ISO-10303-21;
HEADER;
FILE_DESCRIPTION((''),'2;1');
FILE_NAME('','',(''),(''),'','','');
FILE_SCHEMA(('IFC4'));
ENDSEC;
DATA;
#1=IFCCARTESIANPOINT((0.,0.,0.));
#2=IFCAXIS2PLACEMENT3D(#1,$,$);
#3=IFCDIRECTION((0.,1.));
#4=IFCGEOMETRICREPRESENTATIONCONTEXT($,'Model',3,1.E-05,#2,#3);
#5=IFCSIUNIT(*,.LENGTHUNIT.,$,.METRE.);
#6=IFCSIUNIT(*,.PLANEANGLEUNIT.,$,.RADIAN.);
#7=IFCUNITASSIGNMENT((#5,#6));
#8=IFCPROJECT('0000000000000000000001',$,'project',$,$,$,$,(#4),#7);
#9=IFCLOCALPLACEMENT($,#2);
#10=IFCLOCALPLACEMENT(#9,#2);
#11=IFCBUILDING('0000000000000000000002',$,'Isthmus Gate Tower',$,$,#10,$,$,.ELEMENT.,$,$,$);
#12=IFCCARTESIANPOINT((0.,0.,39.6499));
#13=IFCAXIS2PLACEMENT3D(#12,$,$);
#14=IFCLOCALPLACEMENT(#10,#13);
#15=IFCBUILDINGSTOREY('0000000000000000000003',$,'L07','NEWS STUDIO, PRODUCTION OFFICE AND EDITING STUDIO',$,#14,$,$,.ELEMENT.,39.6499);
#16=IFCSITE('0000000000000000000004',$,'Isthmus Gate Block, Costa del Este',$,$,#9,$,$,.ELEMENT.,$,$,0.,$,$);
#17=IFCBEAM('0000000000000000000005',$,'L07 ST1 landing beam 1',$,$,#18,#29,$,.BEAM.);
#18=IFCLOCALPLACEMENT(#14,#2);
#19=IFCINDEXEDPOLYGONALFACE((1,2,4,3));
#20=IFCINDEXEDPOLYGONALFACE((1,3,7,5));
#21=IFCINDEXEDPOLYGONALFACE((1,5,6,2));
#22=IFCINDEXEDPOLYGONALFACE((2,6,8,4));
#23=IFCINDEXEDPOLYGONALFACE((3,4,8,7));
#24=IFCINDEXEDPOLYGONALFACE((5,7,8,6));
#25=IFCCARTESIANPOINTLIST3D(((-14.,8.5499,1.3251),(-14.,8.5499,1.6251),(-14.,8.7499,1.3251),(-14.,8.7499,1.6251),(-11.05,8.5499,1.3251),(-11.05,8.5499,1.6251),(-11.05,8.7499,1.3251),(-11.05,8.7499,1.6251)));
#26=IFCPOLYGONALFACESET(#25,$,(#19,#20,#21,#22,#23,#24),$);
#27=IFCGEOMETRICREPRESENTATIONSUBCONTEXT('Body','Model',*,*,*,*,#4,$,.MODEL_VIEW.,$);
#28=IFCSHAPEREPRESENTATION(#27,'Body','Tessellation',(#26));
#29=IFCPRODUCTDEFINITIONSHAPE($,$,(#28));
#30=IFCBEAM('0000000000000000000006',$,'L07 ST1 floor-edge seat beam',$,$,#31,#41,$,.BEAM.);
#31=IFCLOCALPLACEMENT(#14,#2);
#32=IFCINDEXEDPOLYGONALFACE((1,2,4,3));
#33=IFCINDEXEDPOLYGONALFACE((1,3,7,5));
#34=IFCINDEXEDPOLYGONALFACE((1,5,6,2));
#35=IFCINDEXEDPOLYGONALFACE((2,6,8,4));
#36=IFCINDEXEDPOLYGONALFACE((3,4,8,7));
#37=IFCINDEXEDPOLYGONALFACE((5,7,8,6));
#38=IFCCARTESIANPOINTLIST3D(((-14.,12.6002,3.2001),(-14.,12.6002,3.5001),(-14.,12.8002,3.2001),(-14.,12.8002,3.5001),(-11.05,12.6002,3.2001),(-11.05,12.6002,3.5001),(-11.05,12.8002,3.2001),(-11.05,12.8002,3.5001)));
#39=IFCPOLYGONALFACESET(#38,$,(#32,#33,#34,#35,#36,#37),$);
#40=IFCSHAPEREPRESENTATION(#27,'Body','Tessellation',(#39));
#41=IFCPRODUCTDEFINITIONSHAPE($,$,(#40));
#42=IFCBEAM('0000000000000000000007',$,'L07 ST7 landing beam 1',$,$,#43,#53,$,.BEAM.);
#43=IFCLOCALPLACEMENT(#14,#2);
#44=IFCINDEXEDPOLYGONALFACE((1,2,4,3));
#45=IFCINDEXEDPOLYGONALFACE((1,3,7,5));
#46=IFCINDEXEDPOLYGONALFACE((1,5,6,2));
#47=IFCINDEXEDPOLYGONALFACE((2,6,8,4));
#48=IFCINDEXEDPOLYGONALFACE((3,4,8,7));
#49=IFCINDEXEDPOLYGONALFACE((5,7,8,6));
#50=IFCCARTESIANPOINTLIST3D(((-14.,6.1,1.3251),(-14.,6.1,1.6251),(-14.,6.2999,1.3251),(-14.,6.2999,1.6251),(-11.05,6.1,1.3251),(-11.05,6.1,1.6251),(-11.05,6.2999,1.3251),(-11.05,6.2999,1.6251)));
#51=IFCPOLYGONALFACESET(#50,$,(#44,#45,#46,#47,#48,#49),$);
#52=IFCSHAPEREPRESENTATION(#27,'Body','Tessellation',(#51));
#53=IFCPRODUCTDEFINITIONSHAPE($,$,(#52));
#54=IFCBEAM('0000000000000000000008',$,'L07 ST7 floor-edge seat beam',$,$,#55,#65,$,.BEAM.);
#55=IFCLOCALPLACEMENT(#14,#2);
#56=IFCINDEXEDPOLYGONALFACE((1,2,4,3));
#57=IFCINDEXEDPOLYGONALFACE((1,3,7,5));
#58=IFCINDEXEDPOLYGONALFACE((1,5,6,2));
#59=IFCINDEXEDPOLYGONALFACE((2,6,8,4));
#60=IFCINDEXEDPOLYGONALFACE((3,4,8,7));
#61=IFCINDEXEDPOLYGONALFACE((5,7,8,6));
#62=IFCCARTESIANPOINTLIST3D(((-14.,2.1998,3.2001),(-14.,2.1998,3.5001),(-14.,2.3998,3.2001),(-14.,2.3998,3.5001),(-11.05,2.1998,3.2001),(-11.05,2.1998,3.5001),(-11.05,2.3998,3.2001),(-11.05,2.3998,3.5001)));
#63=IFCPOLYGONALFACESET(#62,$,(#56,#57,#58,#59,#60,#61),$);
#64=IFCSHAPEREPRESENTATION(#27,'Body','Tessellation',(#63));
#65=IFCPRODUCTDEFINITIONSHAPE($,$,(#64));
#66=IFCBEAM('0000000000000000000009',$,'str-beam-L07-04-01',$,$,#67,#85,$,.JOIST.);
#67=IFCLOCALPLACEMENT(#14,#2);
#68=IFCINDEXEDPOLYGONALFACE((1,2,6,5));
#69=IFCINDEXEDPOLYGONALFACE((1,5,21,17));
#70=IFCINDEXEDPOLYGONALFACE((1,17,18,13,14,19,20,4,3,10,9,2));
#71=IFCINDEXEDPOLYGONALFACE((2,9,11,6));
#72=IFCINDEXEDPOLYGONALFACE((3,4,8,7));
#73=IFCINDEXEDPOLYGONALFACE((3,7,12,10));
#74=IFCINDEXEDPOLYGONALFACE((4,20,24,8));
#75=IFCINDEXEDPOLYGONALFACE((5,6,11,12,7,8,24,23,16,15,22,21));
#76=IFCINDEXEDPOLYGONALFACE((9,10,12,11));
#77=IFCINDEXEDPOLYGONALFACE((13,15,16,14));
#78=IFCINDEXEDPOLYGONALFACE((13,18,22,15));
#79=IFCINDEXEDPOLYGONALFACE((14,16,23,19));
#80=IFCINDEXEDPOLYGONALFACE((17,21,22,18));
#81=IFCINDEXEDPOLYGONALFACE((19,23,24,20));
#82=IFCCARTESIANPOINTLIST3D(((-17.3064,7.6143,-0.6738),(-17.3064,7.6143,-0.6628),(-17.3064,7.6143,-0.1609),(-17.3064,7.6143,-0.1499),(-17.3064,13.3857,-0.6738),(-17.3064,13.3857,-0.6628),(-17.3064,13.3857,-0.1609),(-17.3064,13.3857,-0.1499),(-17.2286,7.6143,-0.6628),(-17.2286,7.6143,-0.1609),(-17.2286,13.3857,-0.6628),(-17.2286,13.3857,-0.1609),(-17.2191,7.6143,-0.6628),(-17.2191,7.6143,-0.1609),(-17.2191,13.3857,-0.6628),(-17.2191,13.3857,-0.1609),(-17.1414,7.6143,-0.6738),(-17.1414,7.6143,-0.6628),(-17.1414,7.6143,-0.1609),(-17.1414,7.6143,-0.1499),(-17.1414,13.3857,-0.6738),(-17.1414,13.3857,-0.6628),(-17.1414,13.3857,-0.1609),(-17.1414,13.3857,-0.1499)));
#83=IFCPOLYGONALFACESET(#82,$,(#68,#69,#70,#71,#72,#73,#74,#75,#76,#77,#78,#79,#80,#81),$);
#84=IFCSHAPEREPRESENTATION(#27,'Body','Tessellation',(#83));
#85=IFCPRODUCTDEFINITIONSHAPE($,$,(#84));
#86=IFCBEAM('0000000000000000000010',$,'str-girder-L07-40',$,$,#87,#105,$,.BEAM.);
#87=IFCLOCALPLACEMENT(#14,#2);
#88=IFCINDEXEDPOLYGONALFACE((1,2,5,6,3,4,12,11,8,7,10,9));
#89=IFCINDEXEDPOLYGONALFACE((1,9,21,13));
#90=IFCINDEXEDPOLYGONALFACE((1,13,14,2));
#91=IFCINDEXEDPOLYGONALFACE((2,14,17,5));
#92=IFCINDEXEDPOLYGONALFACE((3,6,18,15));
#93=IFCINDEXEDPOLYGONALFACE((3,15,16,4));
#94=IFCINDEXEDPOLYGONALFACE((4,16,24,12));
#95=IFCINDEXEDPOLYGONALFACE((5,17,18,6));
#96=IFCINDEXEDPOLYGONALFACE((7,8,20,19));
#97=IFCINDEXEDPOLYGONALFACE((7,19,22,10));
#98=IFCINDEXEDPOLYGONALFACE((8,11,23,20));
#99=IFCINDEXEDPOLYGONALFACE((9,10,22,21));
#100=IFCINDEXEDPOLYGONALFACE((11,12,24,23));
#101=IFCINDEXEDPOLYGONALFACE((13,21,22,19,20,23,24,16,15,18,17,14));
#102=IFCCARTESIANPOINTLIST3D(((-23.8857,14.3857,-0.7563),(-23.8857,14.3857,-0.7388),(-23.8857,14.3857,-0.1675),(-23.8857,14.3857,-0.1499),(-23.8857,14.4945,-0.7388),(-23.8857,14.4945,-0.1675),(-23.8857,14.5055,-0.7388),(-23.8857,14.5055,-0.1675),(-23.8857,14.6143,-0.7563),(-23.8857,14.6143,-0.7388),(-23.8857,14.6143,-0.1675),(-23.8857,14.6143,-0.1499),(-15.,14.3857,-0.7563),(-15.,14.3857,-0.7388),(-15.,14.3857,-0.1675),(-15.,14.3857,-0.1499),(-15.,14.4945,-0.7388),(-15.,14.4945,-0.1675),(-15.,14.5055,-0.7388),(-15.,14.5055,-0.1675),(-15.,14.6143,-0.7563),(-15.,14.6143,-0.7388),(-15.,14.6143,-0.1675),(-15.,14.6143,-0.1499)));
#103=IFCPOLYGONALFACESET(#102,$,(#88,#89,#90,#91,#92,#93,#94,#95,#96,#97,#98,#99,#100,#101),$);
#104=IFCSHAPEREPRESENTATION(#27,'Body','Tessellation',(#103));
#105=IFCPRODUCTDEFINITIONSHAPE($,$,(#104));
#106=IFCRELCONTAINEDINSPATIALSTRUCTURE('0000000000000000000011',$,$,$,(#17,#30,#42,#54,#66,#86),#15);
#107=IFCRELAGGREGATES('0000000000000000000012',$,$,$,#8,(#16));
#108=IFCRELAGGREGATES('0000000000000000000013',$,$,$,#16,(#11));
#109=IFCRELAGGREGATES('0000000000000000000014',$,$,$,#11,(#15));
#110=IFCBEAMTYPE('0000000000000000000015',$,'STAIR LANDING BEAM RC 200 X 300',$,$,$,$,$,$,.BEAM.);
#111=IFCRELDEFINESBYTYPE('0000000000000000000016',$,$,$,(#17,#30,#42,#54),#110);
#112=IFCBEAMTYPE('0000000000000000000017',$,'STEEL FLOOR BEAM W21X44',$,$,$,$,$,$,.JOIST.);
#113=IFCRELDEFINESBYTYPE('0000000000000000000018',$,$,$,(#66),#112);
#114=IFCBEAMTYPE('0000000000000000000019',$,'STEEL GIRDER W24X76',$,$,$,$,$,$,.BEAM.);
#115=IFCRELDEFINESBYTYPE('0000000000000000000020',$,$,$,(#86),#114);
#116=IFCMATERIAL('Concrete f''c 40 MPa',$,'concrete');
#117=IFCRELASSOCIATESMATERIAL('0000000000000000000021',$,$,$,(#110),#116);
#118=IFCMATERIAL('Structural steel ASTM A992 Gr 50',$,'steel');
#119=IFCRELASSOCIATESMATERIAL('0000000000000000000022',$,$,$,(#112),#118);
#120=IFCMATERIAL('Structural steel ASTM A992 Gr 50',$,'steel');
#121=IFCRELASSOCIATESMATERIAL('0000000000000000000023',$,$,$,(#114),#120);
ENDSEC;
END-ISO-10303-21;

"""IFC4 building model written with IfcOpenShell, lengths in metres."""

from ifc_helpers import new_model, si_unit, direction, frame, origin, origin_2d, place, context, subcontext, project, spatial, rectangle, i_section, extrude, material, material_profile, profile_set, type_object, element, save


model = new_model("IFC4")

# Units and contexts
model_context = context("Model", 3, precision=1e-05, world=origin(), true_north=direction((0.0, 1.0)))
body_context = subcontext(model_context, "Body", "Model", "MODEL_VIEW")
ifc_project = project(units=[si_unit("LENGTHUNIT", "METRE"), si_unit("PLANEANGLEUNIT", "RADIAN")], contexts=[model_context])

# Site, building, storey
site_placement = place(None, origin())
site = spatial("IfcSite", under=ifc_project, at=site_placement, Name="Isthmus Gate Block, Costa del Este", CompositionType="ELEMENT", RefElevation=0.0)
building_placement = place(site_placement, origin())
building = spatial("IfcBuilding", under=site, at=building_placement, Name="Isthmus Gate Tower", CompositionType="ELEMENT")
storey_placement = place(building_placement, frame((0.0, 0.0, 39.6499)))
storey = spatial("IfcBuildingStorey", under=building, at=storey_placement, Name="L07", Description="NEWS STUDIO, PRODUCTION OFFICE AND EDITING STUDIO", CompositionType="ELEMENT", Elevation=39.6499)

# Beams
ifc_material_1 = material(Name="Concrete f'c 40 MPa", Category="concrete")
ifc_material_profile_1 = material_profile(ifc_material_1, rectangle(XDim=0.2, YDim=0.3, at=origin_2d()), Name="STAIR LANDING BEAM RC 200 X 300")
ifc_profile_set_1 = profile_set([ifc_material_profile_1], Name="Concrete f'c 40 MPa")
beam_type_1 = type_object("IfcBeamType", Name="STAIR LANDING BEAM RC 200 X 300", PredefinedType="BEAM", material=ifc_profile_set_1)
for number, where, z_axis, x_axis, name in (
    (1, (-14.0, 8.6499, 1.4751), (1.0, 0.0, 0.0), (0.0, 1.0, 0.0), "L07 ST1 landing beam 1"),
    (2, (-14.0, 12.7002, 3.3501), (1.0, 0.0, 0.0), (0.0, 1.0, 0.0), "L07 ST1 floor-edge seat beam"),
    (3, (-14.0, 6.2, 1.4751), (1.0, 0.0, 0.0), (0.0, 1.0, 0.0), "L07 ST7 landing beam 1"),
    (4, (-14.0, 2.2998, 3.3501), (1.0, 0.0, 0.0), (0.0, 1.0, 0.0), "L07 ST7 floor-edge seat beam"),
):
    element("IfcBeam", number, at=place(storey_placement, frame(where, z_axis=z_axis, x_axis=x_axis)), inside=storey, type_object=beam_type_1, Name=name, PredefinedType="BEAM", context=body_context, shape_type="SweptSolid", body=[
        extrude(rectangle(XDim=0.2, YDim=0.3, at=origin_2d()), origin(), (0.0, 0.0, 1.0), 2.95),
    ])
ifc_material_2 = material(Name="Structural steel ASTM A992 Gr 50", Category="steel")
ifc_material_profile_2 = material_profile(ifc_material_2, i_section(OverallWidth=0.165, OverallDepth=0.5239, WebThickness=0.0095, FlangeThickness=0.011, at=origin_2d()), Name="W21X44")
ifc_profile_set_2 = profile_set([ifc_material_profile_2], Name="Structural steel ASTM A992 Gr 50")
beam_type_2 = type_object("IfcBeamType", Name="STEEL FLOOR BEAM W21X44", PredefinedType="JOIST", material=ifc_profile_set_2)
beam_1_placement = place(storey_placement, frame((-17.2239, 7.6143, -0.4119), z_axis=(0.0, 1.0, 0.0), x_axis=(-1.0, 0.0, 0.0)))
element("IfcBeam", 5, at=beam_1_placement, inside=storey, type_object=beam_type_2, Name="str-beam-L07-04-01", PredefinedType="JOIST", context=body_context, shape_type="SweptSolid", body=[
    extrude(i_section(OverallWidth=0.165, OverallDepth=0.5239, WebThickness=0.0095, FlangeThickness=0.011, at=origin_2d()), origin(), (0.0, 0.0, 1.0), 5.7715),
])
ifc_material_3 = material(Name="Structural steel ASTM A992 Gr 50", Category="steel")
ifc_material_profile_3 = material_profile(ifc_material_3, i_section(OverallWidth=0.2285, OverallDepth=0.6064, WebThickness=0.011, FlangeThickness=0.0176, at=origin_2d()), Name="W24X76")
ifc_profile_set_3 = profile_set([ifc_material_profile_3], Name="Structural steel ASTM A992 Gr 50")
beam_type_3 = type_object("IfcBeamType", Name="STEEL GIRDER W24X76", PredefinedType="BEAM", material=ifc_profile_set_3)
beam_2_placement = place(storey_placement, frame((-15.0, 14.5, -0.4531), z_axis=(-1.0, 0.0, 0.0), x_axis=(0.0, -1.0, 0.0)))
element("IfcBeam", 6, at=beam_2_placement, inside=storey, type_object=beam_type_3, Name="str-girder-L07-40", PredefinedType="BEAM", context=body_context, shape_type="SweptSolid", body=[
    extrude(i_section(OverallWidth=0.2285, OverallDepth=0.6064, WebThickness=0.011, FlangeThickness=0.0176, at=origin_2d()), origin(), (0.0, 0.0, 1.0), 8.8857),
])

save(model, "model.ifc")
